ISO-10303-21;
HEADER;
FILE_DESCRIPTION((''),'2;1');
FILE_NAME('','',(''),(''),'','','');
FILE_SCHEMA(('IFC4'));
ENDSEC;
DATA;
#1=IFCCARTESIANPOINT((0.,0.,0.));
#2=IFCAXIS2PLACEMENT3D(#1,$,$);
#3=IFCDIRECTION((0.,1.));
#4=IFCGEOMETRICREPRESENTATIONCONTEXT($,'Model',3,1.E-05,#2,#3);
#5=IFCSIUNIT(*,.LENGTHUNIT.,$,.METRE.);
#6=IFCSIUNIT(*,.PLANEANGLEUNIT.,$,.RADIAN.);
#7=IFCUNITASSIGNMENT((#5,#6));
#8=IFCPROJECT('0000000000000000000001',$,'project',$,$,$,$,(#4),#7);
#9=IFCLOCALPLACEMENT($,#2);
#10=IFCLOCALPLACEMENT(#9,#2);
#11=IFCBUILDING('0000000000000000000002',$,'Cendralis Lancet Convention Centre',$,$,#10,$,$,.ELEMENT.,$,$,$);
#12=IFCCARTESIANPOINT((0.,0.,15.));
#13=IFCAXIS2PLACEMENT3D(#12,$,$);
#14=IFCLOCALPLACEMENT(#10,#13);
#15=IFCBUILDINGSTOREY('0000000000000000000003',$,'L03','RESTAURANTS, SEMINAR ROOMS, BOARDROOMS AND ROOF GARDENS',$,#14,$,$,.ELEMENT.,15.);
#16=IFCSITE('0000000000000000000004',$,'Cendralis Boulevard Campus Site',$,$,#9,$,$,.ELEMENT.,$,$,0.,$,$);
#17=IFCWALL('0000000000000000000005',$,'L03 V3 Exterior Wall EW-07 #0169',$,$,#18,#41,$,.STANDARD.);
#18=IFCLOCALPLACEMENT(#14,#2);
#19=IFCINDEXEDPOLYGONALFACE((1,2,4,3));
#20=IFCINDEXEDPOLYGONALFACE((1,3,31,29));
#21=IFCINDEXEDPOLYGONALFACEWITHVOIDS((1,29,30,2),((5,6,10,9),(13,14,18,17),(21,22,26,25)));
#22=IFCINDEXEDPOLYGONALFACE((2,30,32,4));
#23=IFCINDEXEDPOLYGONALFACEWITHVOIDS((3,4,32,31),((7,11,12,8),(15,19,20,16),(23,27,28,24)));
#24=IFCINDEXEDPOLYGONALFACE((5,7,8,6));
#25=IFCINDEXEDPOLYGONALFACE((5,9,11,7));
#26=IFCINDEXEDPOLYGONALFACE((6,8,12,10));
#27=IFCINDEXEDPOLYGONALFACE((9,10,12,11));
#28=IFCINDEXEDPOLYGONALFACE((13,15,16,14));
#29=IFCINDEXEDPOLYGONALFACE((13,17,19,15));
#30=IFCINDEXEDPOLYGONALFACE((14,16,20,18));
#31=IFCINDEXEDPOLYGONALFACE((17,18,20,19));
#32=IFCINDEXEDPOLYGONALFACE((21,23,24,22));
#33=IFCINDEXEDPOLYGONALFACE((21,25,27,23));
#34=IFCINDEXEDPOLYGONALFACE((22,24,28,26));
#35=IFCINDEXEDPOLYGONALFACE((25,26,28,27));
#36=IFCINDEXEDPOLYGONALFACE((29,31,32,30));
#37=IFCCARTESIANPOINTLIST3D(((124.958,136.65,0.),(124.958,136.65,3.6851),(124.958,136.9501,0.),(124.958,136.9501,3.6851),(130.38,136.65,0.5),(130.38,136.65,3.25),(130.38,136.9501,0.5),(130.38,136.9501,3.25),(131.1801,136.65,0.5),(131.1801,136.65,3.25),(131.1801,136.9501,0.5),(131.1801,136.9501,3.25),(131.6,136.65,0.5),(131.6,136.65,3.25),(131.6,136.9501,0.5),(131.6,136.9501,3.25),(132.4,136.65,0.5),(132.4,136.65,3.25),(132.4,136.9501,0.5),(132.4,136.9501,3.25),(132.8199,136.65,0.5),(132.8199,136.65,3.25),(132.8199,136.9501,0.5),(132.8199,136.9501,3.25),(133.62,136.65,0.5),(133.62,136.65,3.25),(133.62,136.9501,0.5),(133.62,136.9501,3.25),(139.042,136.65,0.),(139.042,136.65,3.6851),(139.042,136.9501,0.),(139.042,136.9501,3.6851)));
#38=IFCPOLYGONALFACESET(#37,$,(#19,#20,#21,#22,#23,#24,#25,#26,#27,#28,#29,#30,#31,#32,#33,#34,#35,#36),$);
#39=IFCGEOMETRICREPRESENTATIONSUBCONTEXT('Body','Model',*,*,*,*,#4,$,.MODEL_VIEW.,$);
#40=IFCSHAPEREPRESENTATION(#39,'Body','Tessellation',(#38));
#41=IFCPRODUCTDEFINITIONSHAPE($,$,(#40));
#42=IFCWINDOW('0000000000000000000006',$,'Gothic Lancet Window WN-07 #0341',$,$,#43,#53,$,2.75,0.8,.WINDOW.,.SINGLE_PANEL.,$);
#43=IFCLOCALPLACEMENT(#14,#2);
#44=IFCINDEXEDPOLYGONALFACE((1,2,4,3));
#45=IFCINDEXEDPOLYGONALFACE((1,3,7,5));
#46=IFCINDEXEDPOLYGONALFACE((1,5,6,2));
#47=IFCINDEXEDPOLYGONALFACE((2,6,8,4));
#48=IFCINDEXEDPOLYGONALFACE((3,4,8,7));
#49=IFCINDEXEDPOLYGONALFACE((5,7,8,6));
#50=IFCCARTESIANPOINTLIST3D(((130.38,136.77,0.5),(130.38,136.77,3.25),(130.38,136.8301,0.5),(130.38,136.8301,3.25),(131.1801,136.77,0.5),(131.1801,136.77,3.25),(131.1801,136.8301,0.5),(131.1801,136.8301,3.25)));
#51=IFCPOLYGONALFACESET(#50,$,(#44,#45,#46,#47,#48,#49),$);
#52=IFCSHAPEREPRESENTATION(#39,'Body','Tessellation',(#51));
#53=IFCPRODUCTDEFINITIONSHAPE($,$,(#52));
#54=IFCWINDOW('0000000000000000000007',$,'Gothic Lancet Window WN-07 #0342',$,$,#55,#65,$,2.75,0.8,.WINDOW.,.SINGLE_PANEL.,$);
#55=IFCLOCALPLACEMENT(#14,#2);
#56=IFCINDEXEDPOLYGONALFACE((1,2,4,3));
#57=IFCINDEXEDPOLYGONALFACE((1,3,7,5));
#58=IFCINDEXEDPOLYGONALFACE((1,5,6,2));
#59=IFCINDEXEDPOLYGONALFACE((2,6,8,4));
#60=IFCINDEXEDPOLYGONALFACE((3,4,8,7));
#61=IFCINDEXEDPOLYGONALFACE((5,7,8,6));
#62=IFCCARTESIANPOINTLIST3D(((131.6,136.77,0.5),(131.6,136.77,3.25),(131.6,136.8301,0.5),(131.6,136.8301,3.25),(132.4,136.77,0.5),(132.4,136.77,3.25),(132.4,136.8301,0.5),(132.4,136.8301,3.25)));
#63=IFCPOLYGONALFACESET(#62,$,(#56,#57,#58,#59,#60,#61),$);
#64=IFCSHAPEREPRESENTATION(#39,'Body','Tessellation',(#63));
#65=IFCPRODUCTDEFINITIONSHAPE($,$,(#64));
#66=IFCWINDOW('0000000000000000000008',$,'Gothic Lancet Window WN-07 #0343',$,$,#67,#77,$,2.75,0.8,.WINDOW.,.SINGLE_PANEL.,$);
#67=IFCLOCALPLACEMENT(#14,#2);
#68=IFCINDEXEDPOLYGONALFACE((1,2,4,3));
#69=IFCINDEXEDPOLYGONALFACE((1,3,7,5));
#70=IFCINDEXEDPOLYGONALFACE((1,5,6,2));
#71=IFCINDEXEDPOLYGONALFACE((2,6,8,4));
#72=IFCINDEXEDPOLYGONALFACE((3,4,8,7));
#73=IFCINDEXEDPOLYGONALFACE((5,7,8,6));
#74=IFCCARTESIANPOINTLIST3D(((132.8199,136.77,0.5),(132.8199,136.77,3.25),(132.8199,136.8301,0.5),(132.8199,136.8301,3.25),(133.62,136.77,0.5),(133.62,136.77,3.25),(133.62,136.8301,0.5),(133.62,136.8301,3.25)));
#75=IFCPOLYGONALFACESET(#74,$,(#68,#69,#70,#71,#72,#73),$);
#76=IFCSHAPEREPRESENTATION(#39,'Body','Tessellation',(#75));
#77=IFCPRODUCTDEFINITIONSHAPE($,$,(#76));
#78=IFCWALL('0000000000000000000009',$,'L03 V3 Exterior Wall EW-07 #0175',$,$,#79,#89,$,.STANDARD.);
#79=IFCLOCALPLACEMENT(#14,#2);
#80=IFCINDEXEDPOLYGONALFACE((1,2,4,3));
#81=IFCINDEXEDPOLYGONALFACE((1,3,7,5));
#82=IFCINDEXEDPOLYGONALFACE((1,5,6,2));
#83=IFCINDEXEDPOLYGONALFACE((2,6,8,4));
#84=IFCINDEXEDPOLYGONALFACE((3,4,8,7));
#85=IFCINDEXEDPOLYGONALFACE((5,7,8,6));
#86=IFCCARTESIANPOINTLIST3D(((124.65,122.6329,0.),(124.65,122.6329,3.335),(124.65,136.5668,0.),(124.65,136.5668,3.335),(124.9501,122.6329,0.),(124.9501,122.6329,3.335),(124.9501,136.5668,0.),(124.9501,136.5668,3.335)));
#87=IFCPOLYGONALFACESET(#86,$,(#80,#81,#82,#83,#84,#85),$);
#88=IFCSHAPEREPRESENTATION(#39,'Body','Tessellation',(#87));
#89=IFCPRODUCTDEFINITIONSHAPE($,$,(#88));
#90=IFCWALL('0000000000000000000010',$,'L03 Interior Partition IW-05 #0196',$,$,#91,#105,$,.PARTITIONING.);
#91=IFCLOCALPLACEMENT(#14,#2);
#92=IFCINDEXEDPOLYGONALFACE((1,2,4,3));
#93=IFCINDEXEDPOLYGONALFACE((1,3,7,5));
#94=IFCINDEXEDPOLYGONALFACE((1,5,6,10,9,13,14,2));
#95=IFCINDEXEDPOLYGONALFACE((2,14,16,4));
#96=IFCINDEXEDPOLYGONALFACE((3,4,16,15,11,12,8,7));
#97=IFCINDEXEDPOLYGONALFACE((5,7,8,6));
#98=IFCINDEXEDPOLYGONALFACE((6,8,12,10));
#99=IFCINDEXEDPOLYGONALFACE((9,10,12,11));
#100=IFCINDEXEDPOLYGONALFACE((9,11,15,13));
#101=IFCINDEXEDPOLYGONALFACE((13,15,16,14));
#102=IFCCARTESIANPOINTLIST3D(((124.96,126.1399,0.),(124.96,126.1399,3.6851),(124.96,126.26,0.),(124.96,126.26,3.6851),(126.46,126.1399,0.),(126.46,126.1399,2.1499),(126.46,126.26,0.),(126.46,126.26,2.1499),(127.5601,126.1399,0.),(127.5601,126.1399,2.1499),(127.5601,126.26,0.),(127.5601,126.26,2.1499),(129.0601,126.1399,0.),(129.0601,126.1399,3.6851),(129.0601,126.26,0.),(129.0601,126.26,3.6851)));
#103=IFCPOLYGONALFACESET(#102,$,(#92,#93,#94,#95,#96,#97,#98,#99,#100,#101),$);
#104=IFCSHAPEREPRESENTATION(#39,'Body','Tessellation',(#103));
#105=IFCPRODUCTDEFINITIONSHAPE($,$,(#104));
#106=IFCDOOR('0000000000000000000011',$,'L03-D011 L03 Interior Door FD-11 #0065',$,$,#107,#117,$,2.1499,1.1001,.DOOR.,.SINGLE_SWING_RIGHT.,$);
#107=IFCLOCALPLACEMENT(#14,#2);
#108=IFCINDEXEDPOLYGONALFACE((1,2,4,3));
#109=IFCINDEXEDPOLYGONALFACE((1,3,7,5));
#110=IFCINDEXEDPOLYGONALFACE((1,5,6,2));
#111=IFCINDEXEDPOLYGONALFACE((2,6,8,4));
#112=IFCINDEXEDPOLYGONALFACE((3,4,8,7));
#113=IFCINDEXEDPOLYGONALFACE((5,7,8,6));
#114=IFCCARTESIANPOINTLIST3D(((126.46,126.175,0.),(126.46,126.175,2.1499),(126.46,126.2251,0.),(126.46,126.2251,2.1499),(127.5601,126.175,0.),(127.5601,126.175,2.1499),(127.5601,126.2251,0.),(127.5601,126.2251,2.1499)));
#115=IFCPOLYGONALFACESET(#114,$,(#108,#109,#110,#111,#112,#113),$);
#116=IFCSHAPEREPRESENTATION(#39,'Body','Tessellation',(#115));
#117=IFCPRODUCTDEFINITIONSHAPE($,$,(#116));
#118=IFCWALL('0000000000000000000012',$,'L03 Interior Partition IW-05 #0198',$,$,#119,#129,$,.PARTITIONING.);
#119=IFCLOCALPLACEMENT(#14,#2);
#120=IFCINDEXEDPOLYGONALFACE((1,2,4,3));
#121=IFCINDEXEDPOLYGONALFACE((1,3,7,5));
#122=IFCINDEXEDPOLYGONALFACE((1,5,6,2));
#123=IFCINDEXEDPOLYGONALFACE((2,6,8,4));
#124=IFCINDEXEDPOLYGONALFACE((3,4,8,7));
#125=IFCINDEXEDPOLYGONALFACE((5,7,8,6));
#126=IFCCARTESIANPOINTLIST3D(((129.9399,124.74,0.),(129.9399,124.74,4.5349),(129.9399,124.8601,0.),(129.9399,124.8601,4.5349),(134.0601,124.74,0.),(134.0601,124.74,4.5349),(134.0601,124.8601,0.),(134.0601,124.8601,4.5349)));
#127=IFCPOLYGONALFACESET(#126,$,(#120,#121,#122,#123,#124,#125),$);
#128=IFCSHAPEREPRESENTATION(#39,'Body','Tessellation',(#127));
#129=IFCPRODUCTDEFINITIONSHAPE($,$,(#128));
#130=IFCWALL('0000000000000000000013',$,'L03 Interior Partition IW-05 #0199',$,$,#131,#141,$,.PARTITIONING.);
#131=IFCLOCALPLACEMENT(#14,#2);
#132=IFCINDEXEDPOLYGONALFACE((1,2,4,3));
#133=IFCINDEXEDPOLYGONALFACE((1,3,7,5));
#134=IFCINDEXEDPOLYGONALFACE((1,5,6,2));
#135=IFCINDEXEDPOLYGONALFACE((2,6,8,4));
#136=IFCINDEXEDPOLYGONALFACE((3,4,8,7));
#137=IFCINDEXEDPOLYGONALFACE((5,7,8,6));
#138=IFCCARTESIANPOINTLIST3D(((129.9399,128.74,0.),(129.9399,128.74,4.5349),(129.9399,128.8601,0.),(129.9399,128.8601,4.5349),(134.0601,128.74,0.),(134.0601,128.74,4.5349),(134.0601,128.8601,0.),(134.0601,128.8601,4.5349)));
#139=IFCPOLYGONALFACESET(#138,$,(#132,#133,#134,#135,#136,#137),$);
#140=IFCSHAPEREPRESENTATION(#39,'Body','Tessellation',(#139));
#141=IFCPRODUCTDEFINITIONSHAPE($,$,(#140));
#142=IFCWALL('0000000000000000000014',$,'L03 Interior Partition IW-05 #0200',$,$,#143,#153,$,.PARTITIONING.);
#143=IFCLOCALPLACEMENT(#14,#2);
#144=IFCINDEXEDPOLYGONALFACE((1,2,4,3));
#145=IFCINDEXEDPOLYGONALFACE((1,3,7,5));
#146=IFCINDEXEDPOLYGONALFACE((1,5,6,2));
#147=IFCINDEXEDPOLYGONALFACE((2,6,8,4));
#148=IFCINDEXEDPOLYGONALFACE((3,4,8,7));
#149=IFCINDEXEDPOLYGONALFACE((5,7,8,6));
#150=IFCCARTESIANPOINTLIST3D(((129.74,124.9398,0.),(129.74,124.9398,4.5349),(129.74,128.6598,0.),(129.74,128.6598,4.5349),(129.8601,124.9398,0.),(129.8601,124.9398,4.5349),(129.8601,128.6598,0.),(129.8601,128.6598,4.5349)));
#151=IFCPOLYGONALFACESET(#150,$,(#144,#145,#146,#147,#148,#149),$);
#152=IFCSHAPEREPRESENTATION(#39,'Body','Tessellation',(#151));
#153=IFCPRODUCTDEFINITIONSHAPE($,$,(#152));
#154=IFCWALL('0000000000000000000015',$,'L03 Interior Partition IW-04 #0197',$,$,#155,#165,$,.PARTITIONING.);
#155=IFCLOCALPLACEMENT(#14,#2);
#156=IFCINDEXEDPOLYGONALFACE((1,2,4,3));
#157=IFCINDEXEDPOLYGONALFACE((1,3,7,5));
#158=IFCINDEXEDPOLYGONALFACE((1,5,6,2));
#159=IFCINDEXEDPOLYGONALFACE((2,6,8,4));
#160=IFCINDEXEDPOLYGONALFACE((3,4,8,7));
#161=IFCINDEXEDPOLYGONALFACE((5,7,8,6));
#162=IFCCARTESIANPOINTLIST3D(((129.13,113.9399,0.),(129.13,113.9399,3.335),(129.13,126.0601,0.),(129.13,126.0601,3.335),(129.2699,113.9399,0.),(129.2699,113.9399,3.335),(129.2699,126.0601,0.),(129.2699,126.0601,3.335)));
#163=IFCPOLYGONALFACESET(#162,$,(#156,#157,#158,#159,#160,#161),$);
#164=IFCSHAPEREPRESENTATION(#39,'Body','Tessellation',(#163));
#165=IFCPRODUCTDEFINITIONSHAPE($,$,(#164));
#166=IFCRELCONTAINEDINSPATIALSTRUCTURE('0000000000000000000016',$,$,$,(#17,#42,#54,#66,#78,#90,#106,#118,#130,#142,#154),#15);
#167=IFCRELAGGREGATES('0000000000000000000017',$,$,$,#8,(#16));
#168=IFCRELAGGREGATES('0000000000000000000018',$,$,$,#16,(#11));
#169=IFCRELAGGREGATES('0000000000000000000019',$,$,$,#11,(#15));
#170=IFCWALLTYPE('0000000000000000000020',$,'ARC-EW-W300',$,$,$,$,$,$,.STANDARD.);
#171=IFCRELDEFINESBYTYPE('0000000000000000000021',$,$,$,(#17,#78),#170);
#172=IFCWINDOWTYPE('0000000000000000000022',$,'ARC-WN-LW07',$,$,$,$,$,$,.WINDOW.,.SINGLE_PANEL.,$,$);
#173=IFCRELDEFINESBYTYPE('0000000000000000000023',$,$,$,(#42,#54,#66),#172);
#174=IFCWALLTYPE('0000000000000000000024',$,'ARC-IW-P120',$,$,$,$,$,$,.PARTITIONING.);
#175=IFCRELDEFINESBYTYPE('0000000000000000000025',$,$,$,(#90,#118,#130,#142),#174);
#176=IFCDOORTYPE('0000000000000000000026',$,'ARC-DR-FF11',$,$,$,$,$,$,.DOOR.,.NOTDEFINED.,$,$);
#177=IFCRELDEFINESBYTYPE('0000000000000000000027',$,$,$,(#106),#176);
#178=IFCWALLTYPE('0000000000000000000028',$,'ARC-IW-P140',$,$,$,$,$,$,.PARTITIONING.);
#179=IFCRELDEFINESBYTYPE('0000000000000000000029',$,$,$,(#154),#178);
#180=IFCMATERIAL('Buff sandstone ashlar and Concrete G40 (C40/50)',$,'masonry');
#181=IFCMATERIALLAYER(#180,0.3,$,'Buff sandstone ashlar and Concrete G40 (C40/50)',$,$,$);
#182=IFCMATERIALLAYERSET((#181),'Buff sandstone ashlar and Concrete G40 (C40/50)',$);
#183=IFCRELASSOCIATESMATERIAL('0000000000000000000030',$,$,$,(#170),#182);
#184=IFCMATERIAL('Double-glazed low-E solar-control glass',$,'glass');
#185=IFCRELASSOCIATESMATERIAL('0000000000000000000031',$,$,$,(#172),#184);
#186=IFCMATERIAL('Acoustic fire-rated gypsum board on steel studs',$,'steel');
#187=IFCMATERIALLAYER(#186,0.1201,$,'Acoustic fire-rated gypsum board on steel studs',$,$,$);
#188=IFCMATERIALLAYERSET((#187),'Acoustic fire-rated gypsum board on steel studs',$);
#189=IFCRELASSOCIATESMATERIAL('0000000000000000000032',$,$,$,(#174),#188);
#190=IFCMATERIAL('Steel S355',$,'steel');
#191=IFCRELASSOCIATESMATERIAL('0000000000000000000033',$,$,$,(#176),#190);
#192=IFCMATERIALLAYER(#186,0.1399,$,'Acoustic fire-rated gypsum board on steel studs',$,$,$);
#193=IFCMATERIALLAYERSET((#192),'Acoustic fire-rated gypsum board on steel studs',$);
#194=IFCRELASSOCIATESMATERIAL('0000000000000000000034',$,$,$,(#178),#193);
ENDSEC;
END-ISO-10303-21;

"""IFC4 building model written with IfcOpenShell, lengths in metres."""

from ifc_helpers import new_model, si_unit, direction, frame, frame_2d, origin, place, context, subcontext, project, spatial, rectangle, extrude, material, layer, layer_set, type_object, element, fill, save


model = new_model("IFC4")

# Units and contexts
model_context = context("Model", 3, precision=1e-05, world=origin(), true_north=direction((0.0, 1.0)))
body_context = subcontext(model_context, "Body", "Model", "MODEL_VIEW")
ifc_project = project(units=[si_unit("LENGTHUNIT", "METRE"), si_unit("PLANEANGLEUNIT", "RADIAN")], contexts=[model_context])

# Site, building, storey
site_placement = place(None, origin())
site = spatial("IfcSite", under=ifc_project, at=site_placement, Name="Cendralis Boulevard Campus Site", CompositionType="ELEMENT", RefElevation=0.0)
building_placement = place(site_placement, origin())
building = spatial("IfcBuilding", under=site, at=building_placement, Name="Cendralis Lancet Convention Centre", CompositionType="ELEMENT")
storey_placement = place(building_placement, frame((0.0, 0.0, 15.0)))
storey = spatial("IfcBuildingStorey", under=building, at=storey_placement, Name="L03", Description="RESTAURANTS, SEMINAR ROOMS, BOARDROOMS AND ROOF GARDENS", CompositionType="ELEMENT", Elevation=15.0)

# Shared definitions
ifc_material_1 = material(Name="Steel S355", Category="steel")

# Wall, openings, windows
ifc_material_2 = material(Name="Buff sandstone ashlar and Concrete G40 (C40/50)", Category="masonry")
ifc_layer_1 = layer(ifc_material_2, 0.3, Name="Buff sandstone ashlar and Concrete G40 (C40/50)")
ifc_layer_set_1 = layer_set([ifc_layer_1], Name="Buff sandstone ashlar and Concrete G40 (C40/50)")
wall_type_1 = type_object("IfcWallType", Name="ARC-EW-W300", PredefinedType="STANDARD", material=ifc_layer_set_1)
wall_1_placement = place(storey_placement, frame((124.958, 136.8, 0.0), z_axis=(0.0, 0.0, 1.0), x_axis=(1.0, 0.0, 0.0)))
wall_1 = element("IfcWall", 1, at=wall_1_placement, inside=storey, type_object=wall_type_1, Name="L03 V3 Exterior Wall EW-07 #0169", PredefinedType="STANDARD", context=body_context, shape_type="SweptSolid", body=[
    extrude(rectangle(XDim=14.084, YDim=0.3, at=frame_2d((7.042, 0.0))), origin(), (0.0, 0.0, 1.0), 3.6851),
])
opening_1_placement = place(wall_1_placement, frame((5.4221, 0.0, 0.5)))
opening_1 = element("IfcOpeningElement", 2, at=opening_1_placement, cuts=wall_1, PredefinedType="OPENING", context=body_context, shape_type="SweptSolid", body=[
    extrude(rectangle(XDim=0.8, YDim=2.75, at=frame_2d((0.3999, 1.375))), frame((0.0, 0.1599, 0.0), z_axis=(0.0, -1.0, 0.0), x_axis=(1.0, 0.0, 0.0)), (0.0, 0.0, 1.0), 0.3201),
])
opening_2_placement = place(wall_1_placement, frame((6.6421, 0.0, 0.5)))
opening_2 = element("IfcOpeningElement", 3, at=opening_2_placement, cuts=wall_1, PredefinedType="OPENING", context=body_context, shape_type="SweptSolid", body=[
    extrude(rectangle(XDim=0.8, YDim=2.75, at=frame_2d((0.3999, 1.375))), frame((0.0, 0.1599, 0.0), z_axis=(0.0, -1.0, 0.0), x_axis=(1.0, 0.0, 0.0)), (0.0, 0.0, 1.0), 0.3201),
])
opening_3_placement = place(wall_1_placement, frame((7.8621, 0.0, 0.5)))
opening_3 = element("IfcOpeningElement", 4, at=opening_3_placement, cuts=wall_1, PredefinedType="OPENING", context=body_context, shape_type="SweptSolid", body=[
    extrude(rectangle(XDim=0.8, YDim=2.75, at=frame_2d((0.3999, 1.375))), frame((0.0, 0.1599, 0.0), z_axis=(0.0, -1.0, 0.0), x_axis=(1.0, 0.0, 0.0)), (0.0, 0.0, 1.0), 0.3201),
])
ifc_material_3 = material(Name="Double-glazed low-E solar-control glass", Category="glass")
window_type = type_object("IfcWindowType", Name="ARC-WN-LW07", PartitioningType="SINGLE_PANEL", PredefinedType="WINDOW", material=ifc_material_3)
window_1_placement = place(opening_1_placement, origin())
window_1 = element("IfcWindow", 5, at=window_1_placement, inside=storey, type_object=window_type, Name="Gothic Lancet Window WN-07 #0341", OverallHeight=2.75, OverallWidth=0.8, PartitioningType="SINGLE_PANEL", PredefinedType="WINDOW", context=body_context, shape_type="SweptSolid", body=[
    extrude(rectangle(XDim=0.8, YDim=2.75, at=frame_2d((0.3999, 1.375))), frame((0.0, 0.03, 0.0), z_axis=(0.0, -1.0, 0.0), x_axis=(1.0, 0.0, 0.0)), (0.0, 0.0, 1.0), 0.0601),
])
fill(opening_1, window_1)
window_2_placement = place(opening_2_placement, origin())
window_2 = element("IfcWindow", 6, at=window_2_placement, inside=storey, type_object=window_type, Name="Gothic Lancet Window WN-07 #0342", OverallHeight=2.75, OverallWidth=0.8, PartitioningType="SINGLE_PANEL", PredefinedType="WINDOW", context=body_context, shape_type="SweptSolid", body=[
    extrude(rectangle(XDim=0.8, YDim=2.75, at=frame_2d((0.3999, 1.375))), frame((0.0, 0.03, 0.0), z_axis=(0.0, -1.0, 0.0), x_axis=(1.0, 0.0, 0.0)), (0.0, 0.0, 1.0), 0.0601),
])
fill(opening_2, window_2)
window_3_placement = place(opening_3_placement, origin())
window_3 = element("IfcWindow", 7, at=window_3_placement, inside=storey, type_object=window_type, Name="Gothic Lancet Window WN-07 #0343", OverallHeight=2.75, OverallWidth=0.8, PartitioningType="SINGLE_PANEL", PredefinedType="WINDOW", context=body_context, shape_type="SweptSolid", body=[
    extrude(rectangle(XDim=0.8, YDim=2.75, at=frame_2d((0.3999, 1.375))), frame((0.0, 0.03, 0.0), z_axis=(0.0, -1.0, 0.0), x_axis=(1.0, 0.0, 0.0)), (0.0, 0.0, 1.0), 0.0601),
])
fill(opening_3, window_3)

# Wall
wall_2_placement = place(storey_placement, frame((124.8, 122.6331, 0.0), z_axis=(0.0, 0.0, 1.0), x_axis=(0.0, 1.0, 0.0)))
element("IfcWall", 8, at=wall_2_placement, inside=storey, type_object=wall_type_1, Name="L03 V3 Exterior Wall EW-07 #0175", PredefinedType="STANDARD", context=body_context, shape_type="SweptSolid", body=[
    extrude(rectangle(XDim=13.9338, YDim=0.3, at=frame_2d((6.9668, 0.0))), origin(), (0.0, 0.0, 1.0), 3.335),
])

# Wall, opening, door
ifc_material_4 = material(Name="Acoustic fire-rated gypsum board on steel studs", Category="steel")
ifc_layer_2 = layer(ifc_material_4, 0.1201, Name="Acoustic fire-rated gypsum board on steel studs")
ifc_layer_set_2 = layer_set([ifc_layer_2], Name="Acoustic fire-rated gypsum board on steel studs")
wall_type_2 = type_object("IfcWallType", Name="ARC-IW-P120", PredefinedType="PARTITIONING", material=ifc_layer_set_2)
wall_3_placement = place(storey_placement, frame((124.96, 126.2, 0.0), z_axis=(0.0, 0.0, 1.0), x_axis=(1.0, 0.0, 0.0)))
wall_3 = element("IfcWall", 9, at=wall_3_placement, inside=storey, type_object=wall_type_2, Name="L03 Interior Partition IW-05 #0196", PredefinedType="PARTITIONING", context=body_context, shape_type="SweptSolid", body=[
    extrude(rectangle(XDim=4.1001, YDim=0.1201, at=frame_2d((2.05, 0.0))), origin(), (0.0, 0.0, 1.0), 3.6851),
])
opening_4_placement = place(wall_3_placement, frame((1.5, 0.0, 0.0)))
opening_4 = element("IfcOpeningElement", 10, at=opening_4_placement, cuts=wall_3, PredefinedType="OPENING", context=body_context, shape_type="SweptSolid", body=[
    extrude(rectangle(XDim=1.1001, YDim=2.1499, at=frame_2d((0.55, 1.075))), frame((0.0, 0.0701, 0.0), z_axis=(0.0, -1.0, 0.0), x_axis=(1.0, 0.0, 0.0)), (0.0, 0.0, 1.0), 0.1401),
])
door_type_1 = type_object("IfcDoorType", Name="ARC-DR-FF11", OperationType="NOTDEFINED", PredefinedType="DOOR", material=ifc_material_1)
door_1_placement = place(opening_4_placement, frame((1.1001, 0.0, 0.0), z_axis=(0.0, 0.0, 1.0), x_axis=(-1.0, 0.0, 0.0)))
door_1 = element("IfcDoor", 11, at=door_1_placement, inside=storey, type_object=door_type_1, Name="L03-D011 L03 Interior Door FD-11 #0065", OperationType="SINGLE_SWING_RIGHT", OverallHeight=2.1499, OverallWidth=1.1001, PredefinedType="DOOR", context=body_context, shape_type="SweptSolid", body=[
    extrude(rectangle(XDim=1.1001, YDim=2.1499, at=frame_2d((0.55, 1.075))), frame((0.0, 0.0249, 0.0), z_axis=(0.0, -1.0, 0.0), x_axis=(1.0, 0.0, 0.0)), (0.0, 0.0, 1.0), 0.05),
])
fill(opening_4, door_1)

# Walls
for number, where, z_axis, x_axis, name in (
    (12, (129.9399, 124.8, 0.0), (0.0, 0.0, 1.0), (1.0, 0.0, 0.0), "L03 Interior Partition IW-05 #0198"),
    (13, (129.9399, 128.8, 0.0), (0.0, 0.0, 1.0), (1.0, 0.0, 0.0), "L03 Interior Partition IW-05 #0199"),
):
    element("IfcWall", number, at=place(storey_placement, frame(where, z_axis=z_axis, x_axis=x_axis)), inside=storey, type_object=wall_type_2, Name=name, PredefinedType="PARTITIONING", context=body_context, shape_type="SweptSolid", body=[
        extrude(rectangle(XDim=4.1201, YDim=0.1201, at=frame_2d((2.0601, 0.0))), origin(), (0.0, 0.0, 1.0), 4.5349),
    ])
wall_4_placement = place(storey_placement, frame((129.8, 124.9399, 0.0), z_axis=(0.0, 0.0, 1.0), x_axis=(0.0, 1.0, 0.0)))
element("IfcWall", 14, at=wall_4_placement, inside=storey, type_object=wall_type_2, Name="L03 Interior Partition IW-05 #0200", PredefinedType="PARTITIONING", context=body_context, shape_type="SweptSolid", body=[
    extrude(rectangle(XDim=3.72, YDim=0.1201, at=frame_2d((1.8599, 0.0))), origin(), (0.0, 0.0, 1.0), 4.5349),
])
ifc_layer_3 = layer(ifc_material_4, 0.1399, Name="Acoustic fire-rated gypsum board on steel studs")
ifc_layer_set_3 = layer_set([ifc_layer_3], Name="Acoustic fire-rated gypsum board on steel studs")
wall_type_3 = type_object("IfcWallType", Name="ARC-IW-P140", PredefinedType="PARTITIONING", material=ifc_layer_set_3)
wall_5_placement = place(storey_placement, frame((129.2, 113.9399, 0.0), z_axis=(0.0, 0.0, 1.0), x_axis=(0.0, 1.0, 0.0)))
element("IfcWall", 15, at=wall_5_placement, inside=storey, type_object=wall_type_3, Name="L03 Interior Partition IW-04 #0197", PredefinedType="PARTITIONING", context=body_context, shape_type="SweptSolid", body=[
    extrude(rectangle(XDim=12.1201, YDim=0.1399, at=frame_2d((6.0601, 0.0))), origin(), (0.0, 0.0, 1.0), 3.335),
])

save(model, "model.ifc")
